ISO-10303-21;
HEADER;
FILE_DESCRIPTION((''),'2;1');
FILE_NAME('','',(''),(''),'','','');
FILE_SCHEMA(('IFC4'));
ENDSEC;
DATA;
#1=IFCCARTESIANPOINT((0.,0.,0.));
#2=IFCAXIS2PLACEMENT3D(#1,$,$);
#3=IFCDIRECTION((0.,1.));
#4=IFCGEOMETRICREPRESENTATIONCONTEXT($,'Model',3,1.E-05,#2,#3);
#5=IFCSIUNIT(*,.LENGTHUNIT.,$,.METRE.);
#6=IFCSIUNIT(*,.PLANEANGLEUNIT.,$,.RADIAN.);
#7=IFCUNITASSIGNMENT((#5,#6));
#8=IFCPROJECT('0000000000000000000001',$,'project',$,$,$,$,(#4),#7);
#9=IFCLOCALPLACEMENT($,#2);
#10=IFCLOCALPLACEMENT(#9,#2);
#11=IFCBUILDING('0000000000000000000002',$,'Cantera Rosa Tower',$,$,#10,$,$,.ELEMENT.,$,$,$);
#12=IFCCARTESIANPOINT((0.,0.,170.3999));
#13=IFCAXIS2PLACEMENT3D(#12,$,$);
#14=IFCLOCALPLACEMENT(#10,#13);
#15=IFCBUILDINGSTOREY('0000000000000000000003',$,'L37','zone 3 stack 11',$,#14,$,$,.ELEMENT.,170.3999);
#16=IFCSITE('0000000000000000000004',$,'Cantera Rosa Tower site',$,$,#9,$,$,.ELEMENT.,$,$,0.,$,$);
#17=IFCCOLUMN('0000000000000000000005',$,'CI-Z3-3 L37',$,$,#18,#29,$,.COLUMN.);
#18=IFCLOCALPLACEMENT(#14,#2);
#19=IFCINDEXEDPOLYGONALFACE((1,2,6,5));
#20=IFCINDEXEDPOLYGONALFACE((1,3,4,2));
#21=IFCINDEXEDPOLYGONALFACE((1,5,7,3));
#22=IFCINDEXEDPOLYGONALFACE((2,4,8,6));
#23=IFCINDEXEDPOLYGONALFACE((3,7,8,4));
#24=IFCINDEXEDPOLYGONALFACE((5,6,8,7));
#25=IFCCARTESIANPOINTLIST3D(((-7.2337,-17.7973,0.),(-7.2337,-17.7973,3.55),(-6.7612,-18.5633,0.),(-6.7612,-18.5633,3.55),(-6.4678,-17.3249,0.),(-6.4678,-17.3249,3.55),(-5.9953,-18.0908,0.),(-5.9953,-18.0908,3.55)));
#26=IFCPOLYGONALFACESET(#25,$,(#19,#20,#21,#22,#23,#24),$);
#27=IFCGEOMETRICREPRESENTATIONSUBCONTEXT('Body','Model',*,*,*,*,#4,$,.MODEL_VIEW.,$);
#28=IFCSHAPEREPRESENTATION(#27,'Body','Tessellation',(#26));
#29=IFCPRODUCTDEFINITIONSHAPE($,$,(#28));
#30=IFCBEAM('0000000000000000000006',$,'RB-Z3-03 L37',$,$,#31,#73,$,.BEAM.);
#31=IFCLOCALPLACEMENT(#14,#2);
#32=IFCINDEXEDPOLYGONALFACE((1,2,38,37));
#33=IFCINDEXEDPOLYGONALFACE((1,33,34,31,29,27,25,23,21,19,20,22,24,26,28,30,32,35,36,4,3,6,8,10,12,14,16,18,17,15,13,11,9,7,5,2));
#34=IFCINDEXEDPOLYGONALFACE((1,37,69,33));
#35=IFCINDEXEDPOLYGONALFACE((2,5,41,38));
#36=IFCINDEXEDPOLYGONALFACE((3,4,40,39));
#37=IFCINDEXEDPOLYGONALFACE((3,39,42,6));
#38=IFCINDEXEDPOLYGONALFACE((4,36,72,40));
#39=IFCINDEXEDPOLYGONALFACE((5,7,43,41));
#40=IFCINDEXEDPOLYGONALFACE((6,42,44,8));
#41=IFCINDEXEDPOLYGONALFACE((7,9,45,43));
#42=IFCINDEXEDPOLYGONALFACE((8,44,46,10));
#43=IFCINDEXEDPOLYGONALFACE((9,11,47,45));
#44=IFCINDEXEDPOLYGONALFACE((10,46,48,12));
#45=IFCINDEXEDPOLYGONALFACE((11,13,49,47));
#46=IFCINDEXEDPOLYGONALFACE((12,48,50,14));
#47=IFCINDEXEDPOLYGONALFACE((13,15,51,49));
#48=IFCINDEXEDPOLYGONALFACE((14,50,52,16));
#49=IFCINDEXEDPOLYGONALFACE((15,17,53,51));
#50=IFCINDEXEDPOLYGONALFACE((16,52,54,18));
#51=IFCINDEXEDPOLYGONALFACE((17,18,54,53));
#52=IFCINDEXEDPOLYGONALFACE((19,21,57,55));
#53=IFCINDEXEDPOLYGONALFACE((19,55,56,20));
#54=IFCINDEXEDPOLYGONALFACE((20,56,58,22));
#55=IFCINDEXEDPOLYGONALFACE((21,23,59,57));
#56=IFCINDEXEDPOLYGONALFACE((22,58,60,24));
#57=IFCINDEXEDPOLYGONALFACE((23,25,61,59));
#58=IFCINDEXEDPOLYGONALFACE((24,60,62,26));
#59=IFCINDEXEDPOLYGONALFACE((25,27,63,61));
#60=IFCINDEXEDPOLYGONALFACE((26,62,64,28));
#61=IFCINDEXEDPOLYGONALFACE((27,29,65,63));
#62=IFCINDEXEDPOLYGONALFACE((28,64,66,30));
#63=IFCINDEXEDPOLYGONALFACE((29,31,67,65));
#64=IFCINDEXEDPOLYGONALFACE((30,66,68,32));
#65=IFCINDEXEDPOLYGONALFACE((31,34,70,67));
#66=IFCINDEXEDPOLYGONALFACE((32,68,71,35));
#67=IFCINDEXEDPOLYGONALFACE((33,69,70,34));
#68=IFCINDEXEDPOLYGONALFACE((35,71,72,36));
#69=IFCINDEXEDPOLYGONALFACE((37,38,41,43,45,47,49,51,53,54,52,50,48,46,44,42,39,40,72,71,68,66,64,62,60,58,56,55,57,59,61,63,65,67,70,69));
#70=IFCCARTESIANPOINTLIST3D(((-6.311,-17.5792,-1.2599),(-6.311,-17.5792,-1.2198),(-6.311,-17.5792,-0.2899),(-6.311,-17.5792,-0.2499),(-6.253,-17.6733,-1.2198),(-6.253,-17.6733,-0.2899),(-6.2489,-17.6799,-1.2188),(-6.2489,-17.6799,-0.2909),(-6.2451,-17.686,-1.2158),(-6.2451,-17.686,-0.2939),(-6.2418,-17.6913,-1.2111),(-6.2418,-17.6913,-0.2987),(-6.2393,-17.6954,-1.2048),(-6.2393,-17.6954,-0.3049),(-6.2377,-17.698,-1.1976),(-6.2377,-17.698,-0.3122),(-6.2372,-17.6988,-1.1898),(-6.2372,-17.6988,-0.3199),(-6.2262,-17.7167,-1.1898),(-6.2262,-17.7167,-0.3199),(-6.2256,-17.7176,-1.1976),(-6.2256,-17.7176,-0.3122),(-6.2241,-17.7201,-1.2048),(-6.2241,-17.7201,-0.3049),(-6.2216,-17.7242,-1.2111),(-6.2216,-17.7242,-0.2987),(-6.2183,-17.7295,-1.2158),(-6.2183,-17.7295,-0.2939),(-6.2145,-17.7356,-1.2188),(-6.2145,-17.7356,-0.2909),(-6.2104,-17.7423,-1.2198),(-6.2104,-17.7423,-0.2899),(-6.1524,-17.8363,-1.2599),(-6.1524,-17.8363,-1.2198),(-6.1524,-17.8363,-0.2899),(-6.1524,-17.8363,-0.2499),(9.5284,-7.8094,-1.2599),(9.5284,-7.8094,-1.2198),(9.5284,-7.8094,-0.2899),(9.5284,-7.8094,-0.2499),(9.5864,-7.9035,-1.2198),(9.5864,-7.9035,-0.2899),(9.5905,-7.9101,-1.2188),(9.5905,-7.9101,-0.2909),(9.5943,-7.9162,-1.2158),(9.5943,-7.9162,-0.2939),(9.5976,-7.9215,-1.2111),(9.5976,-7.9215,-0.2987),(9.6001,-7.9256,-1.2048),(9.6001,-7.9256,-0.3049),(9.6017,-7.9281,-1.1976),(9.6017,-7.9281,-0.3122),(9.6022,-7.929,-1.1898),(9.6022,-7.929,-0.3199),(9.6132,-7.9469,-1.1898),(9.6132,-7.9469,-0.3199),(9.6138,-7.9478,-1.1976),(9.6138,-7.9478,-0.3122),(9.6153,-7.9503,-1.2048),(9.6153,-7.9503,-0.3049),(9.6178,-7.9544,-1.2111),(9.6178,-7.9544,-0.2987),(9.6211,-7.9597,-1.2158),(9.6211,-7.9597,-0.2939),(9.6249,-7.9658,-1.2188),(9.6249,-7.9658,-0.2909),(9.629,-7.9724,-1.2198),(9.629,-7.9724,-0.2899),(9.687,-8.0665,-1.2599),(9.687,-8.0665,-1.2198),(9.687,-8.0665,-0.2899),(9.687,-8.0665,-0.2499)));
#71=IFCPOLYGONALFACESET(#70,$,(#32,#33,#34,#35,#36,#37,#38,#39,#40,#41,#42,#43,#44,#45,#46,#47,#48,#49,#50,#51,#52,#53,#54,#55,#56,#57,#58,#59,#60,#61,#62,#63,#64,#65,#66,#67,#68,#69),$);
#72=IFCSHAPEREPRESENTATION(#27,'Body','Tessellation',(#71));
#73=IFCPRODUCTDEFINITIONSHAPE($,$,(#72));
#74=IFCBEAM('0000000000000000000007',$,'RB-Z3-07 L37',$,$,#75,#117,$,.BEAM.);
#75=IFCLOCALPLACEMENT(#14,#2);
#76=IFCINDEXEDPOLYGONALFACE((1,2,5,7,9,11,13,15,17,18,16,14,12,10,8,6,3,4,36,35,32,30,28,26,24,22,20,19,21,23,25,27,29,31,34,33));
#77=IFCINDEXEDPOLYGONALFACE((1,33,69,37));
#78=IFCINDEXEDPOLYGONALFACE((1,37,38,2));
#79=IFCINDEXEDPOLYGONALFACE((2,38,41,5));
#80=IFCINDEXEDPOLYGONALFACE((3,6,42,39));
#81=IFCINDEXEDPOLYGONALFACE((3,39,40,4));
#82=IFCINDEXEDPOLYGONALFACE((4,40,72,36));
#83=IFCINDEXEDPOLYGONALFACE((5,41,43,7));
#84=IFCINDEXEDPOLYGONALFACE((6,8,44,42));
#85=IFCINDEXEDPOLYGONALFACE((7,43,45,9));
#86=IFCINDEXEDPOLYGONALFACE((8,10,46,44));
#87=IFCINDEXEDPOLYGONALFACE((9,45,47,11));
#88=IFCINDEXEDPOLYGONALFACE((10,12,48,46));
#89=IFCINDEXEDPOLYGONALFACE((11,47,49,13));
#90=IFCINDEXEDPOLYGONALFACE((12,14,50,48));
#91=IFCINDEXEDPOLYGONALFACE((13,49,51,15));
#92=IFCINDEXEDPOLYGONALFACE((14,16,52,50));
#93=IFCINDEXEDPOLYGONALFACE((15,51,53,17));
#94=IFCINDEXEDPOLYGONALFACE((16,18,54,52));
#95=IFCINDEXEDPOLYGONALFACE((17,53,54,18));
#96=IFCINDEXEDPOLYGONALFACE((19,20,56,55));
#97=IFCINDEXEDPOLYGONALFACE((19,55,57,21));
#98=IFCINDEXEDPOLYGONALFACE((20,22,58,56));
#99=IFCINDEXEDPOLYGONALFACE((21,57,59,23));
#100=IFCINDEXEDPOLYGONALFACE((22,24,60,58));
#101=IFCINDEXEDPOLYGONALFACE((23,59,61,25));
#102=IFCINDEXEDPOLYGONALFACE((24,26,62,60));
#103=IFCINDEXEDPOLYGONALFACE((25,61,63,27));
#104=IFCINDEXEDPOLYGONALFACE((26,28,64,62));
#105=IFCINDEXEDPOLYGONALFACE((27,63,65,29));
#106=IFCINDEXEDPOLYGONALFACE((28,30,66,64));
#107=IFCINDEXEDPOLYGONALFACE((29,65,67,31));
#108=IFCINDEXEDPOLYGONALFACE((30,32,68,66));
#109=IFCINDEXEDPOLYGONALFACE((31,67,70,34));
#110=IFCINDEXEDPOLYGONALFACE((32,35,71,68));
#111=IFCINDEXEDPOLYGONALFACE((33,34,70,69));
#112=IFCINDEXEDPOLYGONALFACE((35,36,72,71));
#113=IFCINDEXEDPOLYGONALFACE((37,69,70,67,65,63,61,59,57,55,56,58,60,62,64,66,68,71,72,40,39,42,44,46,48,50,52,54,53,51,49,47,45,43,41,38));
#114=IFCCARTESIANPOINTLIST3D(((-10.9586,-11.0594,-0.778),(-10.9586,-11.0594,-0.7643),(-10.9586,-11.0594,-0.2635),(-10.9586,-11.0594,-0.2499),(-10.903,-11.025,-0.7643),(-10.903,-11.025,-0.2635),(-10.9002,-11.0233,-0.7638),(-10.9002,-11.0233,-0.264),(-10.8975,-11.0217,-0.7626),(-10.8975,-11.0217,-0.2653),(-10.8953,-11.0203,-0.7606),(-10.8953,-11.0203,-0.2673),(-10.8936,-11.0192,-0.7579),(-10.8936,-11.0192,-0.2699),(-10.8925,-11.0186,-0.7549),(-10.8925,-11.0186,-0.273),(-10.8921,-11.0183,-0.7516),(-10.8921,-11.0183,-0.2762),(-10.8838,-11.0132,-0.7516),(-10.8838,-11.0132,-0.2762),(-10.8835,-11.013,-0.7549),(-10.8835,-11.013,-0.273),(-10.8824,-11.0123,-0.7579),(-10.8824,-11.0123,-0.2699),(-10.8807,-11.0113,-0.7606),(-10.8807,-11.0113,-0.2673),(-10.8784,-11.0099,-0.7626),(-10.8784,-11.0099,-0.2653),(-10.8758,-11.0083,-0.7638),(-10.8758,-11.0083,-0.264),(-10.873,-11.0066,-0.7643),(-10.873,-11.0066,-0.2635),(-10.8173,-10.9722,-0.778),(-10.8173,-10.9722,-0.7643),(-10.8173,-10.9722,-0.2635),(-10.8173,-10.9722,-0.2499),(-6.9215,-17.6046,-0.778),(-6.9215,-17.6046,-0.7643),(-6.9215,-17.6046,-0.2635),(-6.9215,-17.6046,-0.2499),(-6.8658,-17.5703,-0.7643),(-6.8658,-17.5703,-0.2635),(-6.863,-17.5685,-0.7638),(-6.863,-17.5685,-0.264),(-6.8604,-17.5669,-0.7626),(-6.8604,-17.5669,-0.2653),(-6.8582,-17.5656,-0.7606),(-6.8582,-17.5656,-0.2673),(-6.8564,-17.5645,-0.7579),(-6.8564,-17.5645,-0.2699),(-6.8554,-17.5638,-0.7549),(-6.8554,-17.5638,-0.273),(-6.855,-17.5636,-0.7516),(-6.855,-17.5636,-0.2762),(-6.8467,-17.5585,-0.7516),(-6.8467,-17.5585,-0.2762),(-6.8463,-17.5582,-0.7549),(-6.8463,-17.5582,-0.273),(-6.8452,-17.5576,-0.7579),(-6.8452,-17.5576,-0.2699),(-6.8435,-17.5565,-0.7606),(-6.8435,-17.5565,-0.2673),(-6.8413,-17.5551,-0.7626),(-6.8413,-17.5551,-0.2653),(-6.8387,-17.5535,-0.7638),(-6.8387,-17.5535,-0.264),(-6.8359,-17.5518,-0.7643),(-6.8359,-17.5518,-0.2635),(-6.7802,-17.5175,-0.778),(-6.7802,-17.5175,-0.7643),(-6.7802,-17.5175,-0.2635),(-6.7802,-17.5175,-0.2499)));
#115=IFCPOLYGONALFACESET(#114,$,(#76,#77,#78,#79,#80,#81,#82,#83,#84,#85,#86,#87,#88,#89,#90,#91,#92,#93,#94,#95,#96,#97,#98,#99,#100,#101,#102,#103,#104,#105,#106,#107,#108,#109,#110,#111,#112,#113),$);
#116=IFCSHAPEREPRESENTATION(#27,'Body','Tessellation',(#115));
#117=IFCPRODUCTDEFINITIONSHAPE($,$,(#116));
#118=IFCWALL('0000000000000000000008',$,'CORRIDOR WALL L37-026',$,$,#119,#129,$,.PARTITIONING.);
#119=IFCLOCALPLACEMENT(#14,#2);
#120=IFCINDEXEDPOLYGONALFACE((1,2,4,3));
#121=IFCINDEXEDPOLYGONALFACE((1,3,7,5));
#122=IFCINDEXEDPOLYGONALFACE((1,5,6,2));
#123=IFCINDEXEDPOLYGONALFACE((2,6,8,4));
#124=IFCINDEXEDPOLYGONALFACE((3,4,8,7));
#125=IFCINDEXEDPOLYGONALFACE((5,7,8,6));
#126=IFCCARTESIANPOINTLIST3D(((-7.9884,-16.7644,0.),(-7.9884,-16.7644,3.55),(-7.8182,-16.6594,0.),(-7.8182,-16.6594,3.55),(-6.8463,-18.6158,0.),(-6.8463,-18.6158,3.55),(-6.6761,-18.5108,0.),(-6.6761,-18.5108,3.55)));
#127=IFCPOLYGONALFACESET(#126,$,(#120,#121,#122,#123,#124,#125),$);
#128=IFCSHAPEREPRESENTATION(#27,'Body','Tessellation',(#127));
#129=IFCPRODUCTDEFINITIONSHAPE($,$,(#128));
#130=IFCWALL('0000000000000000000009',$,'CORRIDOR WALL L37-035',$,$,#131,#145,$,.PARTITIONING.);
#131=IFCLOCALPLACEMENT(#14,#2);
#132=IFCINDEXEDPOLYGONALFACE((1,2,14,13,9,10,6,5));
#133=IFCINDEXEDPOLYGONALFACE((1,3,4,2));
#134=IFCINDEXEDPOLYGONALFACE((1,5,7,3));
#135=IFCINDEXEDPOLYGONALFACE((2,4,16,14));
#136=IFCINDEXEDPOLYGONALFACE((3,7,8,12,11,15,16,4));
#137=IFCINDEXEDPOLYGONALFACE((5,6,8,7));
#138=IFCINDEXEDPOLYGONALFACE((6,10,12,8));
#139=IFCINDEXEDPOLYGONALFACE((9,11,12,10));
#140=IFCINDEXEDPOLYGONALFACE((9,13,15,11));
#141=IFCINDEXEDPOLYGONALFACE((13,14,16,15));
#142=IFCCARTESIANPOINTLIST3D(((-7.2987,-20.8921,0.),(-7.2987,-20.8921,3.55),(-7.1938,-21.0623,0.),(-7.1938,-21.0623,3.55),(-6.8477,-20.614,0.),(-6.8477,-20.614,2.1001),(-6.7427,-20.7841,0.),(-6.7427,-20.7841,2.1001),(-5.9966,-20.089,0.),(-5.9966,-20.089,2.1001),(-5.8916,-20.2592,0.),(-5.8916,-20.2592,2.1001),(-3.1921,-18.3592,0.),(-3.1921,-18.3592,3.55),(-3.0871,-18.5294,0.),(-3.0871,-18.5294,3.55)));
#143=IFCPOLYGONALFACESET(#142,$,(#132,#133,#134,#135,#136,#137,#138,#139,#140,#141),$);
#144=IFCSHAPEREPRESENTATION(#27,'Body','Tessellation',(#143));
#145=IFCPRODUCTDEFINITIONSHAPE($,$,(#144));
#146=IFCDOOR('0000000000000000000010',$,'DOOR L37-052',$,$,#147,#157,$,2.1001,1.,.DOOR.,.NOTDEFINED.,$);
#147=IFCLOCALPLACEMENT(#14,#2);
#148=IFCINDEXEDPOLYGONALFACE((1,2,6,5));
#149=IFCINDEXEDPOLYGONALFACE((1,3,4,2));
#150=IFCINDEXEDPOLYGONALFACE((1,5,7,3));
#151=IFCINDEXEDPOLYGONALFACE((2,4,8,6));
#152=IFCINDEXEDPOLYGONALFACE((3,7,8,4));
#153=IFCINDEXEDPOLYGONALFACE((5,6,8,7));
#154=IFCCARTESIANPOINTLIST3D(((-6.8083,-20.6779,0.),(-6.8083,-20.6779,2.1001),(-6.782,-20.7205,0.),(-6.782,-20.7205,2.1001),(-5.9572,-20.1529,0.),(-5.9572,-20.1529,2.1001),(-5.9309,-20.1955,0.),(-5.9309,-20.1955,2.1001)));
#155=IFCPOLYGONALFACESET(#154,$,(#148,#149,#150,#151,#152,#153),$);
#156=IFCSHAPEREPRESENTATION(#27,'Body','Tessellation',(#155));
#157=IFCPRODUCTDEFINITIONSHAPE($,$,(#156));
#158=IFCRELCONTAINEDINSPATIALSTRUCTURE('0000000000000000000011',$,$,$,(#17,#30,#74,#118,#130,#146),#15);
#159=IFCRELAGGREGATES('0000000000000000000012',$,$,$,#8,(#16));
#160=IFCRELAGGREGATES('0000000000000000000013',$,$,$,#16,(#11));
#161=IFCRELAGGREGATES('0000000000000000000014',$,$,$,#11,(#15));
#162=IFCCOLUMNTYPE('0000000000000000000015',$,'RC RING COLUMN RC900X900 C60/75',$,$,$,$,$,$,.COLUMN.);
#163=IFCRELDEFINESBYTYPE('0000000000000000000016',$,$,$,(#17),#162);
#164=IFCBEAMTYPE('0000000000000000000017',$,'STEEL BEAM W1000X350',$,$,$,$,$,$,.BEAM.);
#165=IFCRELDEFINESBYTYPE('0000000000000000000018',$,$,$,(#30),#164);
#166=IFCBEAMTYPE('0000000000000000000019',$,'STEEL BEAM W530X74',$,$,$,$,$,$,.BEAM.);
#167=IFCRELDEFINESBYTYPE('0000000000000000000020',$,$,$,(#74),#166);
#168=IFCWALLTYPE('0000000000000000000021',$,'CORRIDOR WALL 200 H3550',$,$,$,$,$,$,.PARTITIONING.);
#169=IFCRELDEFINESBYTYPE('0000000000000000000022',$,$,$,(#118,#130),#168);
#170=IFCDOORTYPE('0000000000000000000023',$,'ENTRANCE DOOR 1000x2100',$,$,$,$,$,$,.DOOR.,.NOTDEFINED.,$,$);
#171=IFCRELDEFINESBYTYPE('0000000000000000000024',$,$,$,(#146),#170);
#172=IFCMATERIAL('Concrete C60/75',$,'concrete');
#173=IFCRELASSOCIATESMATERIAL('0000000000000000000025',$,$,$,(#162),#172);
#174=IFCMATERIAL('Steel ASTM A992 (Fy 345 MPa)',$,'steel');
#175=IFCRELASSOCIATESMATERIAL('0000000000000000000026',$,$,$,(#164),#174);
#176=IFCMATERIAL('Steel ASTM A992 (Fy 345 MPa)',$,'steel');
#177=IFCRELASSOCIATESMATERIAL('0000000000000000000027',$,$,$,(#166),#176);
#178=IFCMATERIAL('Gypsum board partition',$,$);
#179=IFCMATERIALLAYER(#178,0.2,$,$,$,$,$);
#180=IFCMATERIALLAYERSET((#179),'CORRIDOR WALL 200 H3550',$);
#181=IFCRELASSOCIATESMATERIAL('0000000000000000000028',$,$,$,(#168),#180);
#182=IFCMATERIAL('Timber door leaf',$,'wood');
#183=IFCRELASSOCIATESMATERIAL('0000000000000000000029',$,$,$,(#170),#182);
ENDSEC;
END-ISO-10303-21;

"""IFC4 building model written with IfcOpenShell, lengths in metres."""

from ifc_helpers import new_model, si_unit, direction, frame, frame_2d, origin, origin_2d, place, context, subcontext, project, spatial, rectangle, i_section, extrude, material, layer, layer_set, material_profile, profile_set, type_object, element, fill, save


model = new_model("IFC4")

# Units and contexts
model_context = context("Model", 3, precision=1e-05, world=origin(), true_north=direction((0.0, 1.0)))
body_context = subcontext(model_context, "Body", "Model", "MODEL_VIEW")
ifc_project = project(units=[si_unit("LENGTHUNIT", "METRE"), si_unit("PLANEANGLEUNIT", "RADIAN")], contexts=[model_context])

# Site, building, storey
site_placement = place(None, origin())
site = spatial("IfcSite", under=ifc_project, at=site_placement, Name="Cantera Rosa Tower site", CompositionType="ELEMENT", RefElevation=0.0)
building_placement = place(site_placement, origin())
building = spatial("IfcBuilding", under=site, at=building_placement, Name="Cantera Rosa Tower", CompositionType="ELEMENT")
storey_placement = place(building_placement, frame((0.0, 0.0, 170.3999)))
storey = spatial("IfcBuildingStorey", under=building, at=storey_placement, Name="L37", Description="zone 3 stack 11", CompositionType="ELEMENT", Elevation=170.3999)

# Column
ifc_material_1 = material(Name="Concrete C60/75", Category="concrete")
ifc_material_profile_1 = material_profile(ifc_material_1, rectangle(XDim=0.8999, YDim=0.8999, at=origin_2d()), Name="RC RING COLUMN RC900X900 C60/75")
ifc_profile_set_1 = profile_set([ifc_material_profile_1], Name="Concrete C60/75")
column_type = type_object("IfcColumnType", Name="RC RING COLUMN RC900X900 C60/75", PredefinedType="COLUMN", material=ifc_profile_set_1)
column_placement = place(storey_placement, frame((-6.6145, -17.9441, 0.0), z_axis=(0.0, 0.0, 1.0), x_axis=(0.851117, 0.524977, 0.0)))
element("IfcColumn", 1, at=column_placement, inside=storey, type_object=column_type, Name="CI-Z3-3 L37", PredefinedType="COLUMN", context=body_context, shape_type="SweptSolid", body=[
    extrude(rectangle(XDim=0.8999, YDim=0.8999, at=origin_2d()), origin(), (0.0, 0.0, 1.0), 3.55),
])

# Beams
ifc_material_2 = material(Name="Steel ASTM A992 (Fy 345 MPa)", Category="steel")
ifc_material_profile_2 = material_profile(ifc_material_2, i_section(OverallWidth=0.302, OverallDepth=1.01, WebThickness=0.021, FlangeThickness=0.04, FilletRadius=0.03, at=origin_2d()), Name="W1000X350")
ifc_profile_set_2 = profile_set([ifc_material_profile_2], Name="Steel ASTM A992 (Fy 345 MPa)")
beam_type_1 = type_object("IfcBeamType", Name="STEEL BEAM W1000X350", PredefinedType="BEAM", material=ifc_profile_set_2)
beam_1_placement = place(storey_placement, frame((-6.2317, -17.7078, -0.7549), z_axis=(0.851119, 0.524973, 0.0), x_axis=(-0.524973, 0.851119, 0.0)))
element("IfcBeam", 2, at=beam_1_placement, inside=storey, type_object=beam_type_1, Name="RB-Z3-03 L37", PredefinedType="BEAM", context=body_context, shape_type="SweptSolid", body=[
    extrude(i_section(OverallWidth=0.302, OverallDepth=1.01, WebThickness=0.021, FlangeThickness=0.04, FilletRadius=0.03, at=origin_2d()), origin(), (0.0, 0.0, 1.0), 18.6101),
])
ifc_material_3 = material(Name="Steel ASTM A992 (Fy 345 MPa)", Category="steel")
ifc_material_profile_3 = material_profile(ifc_material_3, i_section(OverallWidth=0.166, OverallDepth=0.5281, WebThickness=0.0098, FlangeThickness=0.0137, FilletRadius=0.0127, at=origin_2d()), Name="W530X74")
ifc_profile_set_3 = profile_set([ifc_material_profile_3], Name="Steel ASTM A992 (Fy 345 MPa)")
beam_type_2 = type_object("IfcBeamType", Name="STEEL BEAM W530X74", PredefinedType="BEAM", material=ifc_profile_set_3)
beam_2_placement = place(storey_placement, frame((-6.8508, -17.561, -0.5139), z_axis=(-0.524976, 0.851117, 0.0), x_axis=(-0.851117, -0.524976, 0.0)))
element("IfcBeam", 3, at=beam_2_placement, inside=storey, type_object=beam_type_2, Name="RB-Z3-07 L37", PredefinedType="BEAM", context=body_context, shape_type="SweptSolid", body=[
    extrude(i_section(OverallWidth=0.166, OverallDepth=0.5281, WebThickness=0.0098, FlangeThickness=0.0137, FilletRadius=0.0127, at=origin_2d()), origin(), (0.0, 0.0, 1.0), 7.6902),
])

# Wall
ifc_material_4 = material(Name="Gypsum board partition")
ifc_layer_1 = layer(ifc_material_4, 0.2)
ifc_layer_set_1 = layer_set([ifc_layer_1], Name="CORRIDOR WALL 200 H3550")
wall_type_1 = type_object("IfcWallType", Name="CORRIDOR WALL 200 H3550", PredefinedType="PARTITIONING", material=ifc_layer_set_1)
wall_1_placement = place(storey_placement, frame((-7.9033, -16.7119, 0.0), z_axis=(0.0, 0.0, 1.0), x_axis=(0.525036, -0.85108, 0.0)))
element("IfcWall", 4, at=wall_1_placement, inside=storey, type_object=wall_type_1, Name="CORRIDOR WALL L37-026", PredefinedType="PARTITIONING", context=body_context, shape_type="SweptSolid", body=[
    extrude(rectangle(XDim=2.1753, YDim=0.2, at=frame_2d((1.0876, 0.0))), origin(), (0.0, 0.0, 1.0), 3.55),
])

# Wall, opening, door
wall_2_placement = place(storey_placement, frame((-7.2463, -20.9773, 0.0), z_axis=(0.0, 0.0, 1.0), x_axis=(0.851125, 0.524964, 0.0)))
wall_2 = element("IfcWall", 5, at=wall_2_placement, inside=storey, type_object=wall_type_1, Name="CORRIDOR WALL L37-035", PredefinedType="PARTITIONING", context=body_context, shape_type="SweptSolid", body=[
    extrude(rectangle(XDim=4.825, YDim=0.2, at=frame_2d((2.4126, 0.0))), origin(), (0.0, 0.0, 1.0), 3.55),
])
opening_1_placement = place(wall_2_placement, frame((0.53, 0.0, 0.0)))
opening_1 = element("IfcOpeningElement", 6, at=opening_1_placement, cuts=wall_2, PredefinedType="OPENING", context=body_context, shape_type="SweptSolid", body=[
    extrude(rectangle(XDim=1.0, YDim=2.1001, at=frame_2d((0.5, 1.05))), frame((0.0, 0.1099, 0.0), z_axis=(0.0, -1.0, 0.0), x_axis=(1.0, 0.0, 0.0)), (0.0, 0.0, 1.0), 0.22),
])
ifc_material_5 = material(Name="Timber door leaf", Category="wood")
door_type_1 = type_object("IfcDoorType", Name="ENTRANCE DOOR 1000x2100", OperationType="NOTDEFINED", PredefinedType="DOOR", material=ifc_material_5)
door_1_placement = place(opening_1_placement, origin())
door_1 = element("IfcDoor", 7, at=door_1_placement, inside=storey, type_object=door_type_1, Name="DOOR L37-052", OperationType="NOTDEFINED", OverallHeight=2.1001, OverallWidth=1.0, PredefinedType="DOOR", context=body_context, shape_type="SweptSolid", body=[
    extrude(rectangle(XDim=1.0, YDim=2.1001, at=frame_2d((0.5, 1.05))), frame((0.0, 0.0249, 0.0), z_axis=(0.0, -1.0, 0.0), x_axis=(1.0, 0.0, 0.0)), (0.0, 0.0, 1.0), 0.05),
])
fill(opening_1, door_1)

save(model, "model.ifc")
